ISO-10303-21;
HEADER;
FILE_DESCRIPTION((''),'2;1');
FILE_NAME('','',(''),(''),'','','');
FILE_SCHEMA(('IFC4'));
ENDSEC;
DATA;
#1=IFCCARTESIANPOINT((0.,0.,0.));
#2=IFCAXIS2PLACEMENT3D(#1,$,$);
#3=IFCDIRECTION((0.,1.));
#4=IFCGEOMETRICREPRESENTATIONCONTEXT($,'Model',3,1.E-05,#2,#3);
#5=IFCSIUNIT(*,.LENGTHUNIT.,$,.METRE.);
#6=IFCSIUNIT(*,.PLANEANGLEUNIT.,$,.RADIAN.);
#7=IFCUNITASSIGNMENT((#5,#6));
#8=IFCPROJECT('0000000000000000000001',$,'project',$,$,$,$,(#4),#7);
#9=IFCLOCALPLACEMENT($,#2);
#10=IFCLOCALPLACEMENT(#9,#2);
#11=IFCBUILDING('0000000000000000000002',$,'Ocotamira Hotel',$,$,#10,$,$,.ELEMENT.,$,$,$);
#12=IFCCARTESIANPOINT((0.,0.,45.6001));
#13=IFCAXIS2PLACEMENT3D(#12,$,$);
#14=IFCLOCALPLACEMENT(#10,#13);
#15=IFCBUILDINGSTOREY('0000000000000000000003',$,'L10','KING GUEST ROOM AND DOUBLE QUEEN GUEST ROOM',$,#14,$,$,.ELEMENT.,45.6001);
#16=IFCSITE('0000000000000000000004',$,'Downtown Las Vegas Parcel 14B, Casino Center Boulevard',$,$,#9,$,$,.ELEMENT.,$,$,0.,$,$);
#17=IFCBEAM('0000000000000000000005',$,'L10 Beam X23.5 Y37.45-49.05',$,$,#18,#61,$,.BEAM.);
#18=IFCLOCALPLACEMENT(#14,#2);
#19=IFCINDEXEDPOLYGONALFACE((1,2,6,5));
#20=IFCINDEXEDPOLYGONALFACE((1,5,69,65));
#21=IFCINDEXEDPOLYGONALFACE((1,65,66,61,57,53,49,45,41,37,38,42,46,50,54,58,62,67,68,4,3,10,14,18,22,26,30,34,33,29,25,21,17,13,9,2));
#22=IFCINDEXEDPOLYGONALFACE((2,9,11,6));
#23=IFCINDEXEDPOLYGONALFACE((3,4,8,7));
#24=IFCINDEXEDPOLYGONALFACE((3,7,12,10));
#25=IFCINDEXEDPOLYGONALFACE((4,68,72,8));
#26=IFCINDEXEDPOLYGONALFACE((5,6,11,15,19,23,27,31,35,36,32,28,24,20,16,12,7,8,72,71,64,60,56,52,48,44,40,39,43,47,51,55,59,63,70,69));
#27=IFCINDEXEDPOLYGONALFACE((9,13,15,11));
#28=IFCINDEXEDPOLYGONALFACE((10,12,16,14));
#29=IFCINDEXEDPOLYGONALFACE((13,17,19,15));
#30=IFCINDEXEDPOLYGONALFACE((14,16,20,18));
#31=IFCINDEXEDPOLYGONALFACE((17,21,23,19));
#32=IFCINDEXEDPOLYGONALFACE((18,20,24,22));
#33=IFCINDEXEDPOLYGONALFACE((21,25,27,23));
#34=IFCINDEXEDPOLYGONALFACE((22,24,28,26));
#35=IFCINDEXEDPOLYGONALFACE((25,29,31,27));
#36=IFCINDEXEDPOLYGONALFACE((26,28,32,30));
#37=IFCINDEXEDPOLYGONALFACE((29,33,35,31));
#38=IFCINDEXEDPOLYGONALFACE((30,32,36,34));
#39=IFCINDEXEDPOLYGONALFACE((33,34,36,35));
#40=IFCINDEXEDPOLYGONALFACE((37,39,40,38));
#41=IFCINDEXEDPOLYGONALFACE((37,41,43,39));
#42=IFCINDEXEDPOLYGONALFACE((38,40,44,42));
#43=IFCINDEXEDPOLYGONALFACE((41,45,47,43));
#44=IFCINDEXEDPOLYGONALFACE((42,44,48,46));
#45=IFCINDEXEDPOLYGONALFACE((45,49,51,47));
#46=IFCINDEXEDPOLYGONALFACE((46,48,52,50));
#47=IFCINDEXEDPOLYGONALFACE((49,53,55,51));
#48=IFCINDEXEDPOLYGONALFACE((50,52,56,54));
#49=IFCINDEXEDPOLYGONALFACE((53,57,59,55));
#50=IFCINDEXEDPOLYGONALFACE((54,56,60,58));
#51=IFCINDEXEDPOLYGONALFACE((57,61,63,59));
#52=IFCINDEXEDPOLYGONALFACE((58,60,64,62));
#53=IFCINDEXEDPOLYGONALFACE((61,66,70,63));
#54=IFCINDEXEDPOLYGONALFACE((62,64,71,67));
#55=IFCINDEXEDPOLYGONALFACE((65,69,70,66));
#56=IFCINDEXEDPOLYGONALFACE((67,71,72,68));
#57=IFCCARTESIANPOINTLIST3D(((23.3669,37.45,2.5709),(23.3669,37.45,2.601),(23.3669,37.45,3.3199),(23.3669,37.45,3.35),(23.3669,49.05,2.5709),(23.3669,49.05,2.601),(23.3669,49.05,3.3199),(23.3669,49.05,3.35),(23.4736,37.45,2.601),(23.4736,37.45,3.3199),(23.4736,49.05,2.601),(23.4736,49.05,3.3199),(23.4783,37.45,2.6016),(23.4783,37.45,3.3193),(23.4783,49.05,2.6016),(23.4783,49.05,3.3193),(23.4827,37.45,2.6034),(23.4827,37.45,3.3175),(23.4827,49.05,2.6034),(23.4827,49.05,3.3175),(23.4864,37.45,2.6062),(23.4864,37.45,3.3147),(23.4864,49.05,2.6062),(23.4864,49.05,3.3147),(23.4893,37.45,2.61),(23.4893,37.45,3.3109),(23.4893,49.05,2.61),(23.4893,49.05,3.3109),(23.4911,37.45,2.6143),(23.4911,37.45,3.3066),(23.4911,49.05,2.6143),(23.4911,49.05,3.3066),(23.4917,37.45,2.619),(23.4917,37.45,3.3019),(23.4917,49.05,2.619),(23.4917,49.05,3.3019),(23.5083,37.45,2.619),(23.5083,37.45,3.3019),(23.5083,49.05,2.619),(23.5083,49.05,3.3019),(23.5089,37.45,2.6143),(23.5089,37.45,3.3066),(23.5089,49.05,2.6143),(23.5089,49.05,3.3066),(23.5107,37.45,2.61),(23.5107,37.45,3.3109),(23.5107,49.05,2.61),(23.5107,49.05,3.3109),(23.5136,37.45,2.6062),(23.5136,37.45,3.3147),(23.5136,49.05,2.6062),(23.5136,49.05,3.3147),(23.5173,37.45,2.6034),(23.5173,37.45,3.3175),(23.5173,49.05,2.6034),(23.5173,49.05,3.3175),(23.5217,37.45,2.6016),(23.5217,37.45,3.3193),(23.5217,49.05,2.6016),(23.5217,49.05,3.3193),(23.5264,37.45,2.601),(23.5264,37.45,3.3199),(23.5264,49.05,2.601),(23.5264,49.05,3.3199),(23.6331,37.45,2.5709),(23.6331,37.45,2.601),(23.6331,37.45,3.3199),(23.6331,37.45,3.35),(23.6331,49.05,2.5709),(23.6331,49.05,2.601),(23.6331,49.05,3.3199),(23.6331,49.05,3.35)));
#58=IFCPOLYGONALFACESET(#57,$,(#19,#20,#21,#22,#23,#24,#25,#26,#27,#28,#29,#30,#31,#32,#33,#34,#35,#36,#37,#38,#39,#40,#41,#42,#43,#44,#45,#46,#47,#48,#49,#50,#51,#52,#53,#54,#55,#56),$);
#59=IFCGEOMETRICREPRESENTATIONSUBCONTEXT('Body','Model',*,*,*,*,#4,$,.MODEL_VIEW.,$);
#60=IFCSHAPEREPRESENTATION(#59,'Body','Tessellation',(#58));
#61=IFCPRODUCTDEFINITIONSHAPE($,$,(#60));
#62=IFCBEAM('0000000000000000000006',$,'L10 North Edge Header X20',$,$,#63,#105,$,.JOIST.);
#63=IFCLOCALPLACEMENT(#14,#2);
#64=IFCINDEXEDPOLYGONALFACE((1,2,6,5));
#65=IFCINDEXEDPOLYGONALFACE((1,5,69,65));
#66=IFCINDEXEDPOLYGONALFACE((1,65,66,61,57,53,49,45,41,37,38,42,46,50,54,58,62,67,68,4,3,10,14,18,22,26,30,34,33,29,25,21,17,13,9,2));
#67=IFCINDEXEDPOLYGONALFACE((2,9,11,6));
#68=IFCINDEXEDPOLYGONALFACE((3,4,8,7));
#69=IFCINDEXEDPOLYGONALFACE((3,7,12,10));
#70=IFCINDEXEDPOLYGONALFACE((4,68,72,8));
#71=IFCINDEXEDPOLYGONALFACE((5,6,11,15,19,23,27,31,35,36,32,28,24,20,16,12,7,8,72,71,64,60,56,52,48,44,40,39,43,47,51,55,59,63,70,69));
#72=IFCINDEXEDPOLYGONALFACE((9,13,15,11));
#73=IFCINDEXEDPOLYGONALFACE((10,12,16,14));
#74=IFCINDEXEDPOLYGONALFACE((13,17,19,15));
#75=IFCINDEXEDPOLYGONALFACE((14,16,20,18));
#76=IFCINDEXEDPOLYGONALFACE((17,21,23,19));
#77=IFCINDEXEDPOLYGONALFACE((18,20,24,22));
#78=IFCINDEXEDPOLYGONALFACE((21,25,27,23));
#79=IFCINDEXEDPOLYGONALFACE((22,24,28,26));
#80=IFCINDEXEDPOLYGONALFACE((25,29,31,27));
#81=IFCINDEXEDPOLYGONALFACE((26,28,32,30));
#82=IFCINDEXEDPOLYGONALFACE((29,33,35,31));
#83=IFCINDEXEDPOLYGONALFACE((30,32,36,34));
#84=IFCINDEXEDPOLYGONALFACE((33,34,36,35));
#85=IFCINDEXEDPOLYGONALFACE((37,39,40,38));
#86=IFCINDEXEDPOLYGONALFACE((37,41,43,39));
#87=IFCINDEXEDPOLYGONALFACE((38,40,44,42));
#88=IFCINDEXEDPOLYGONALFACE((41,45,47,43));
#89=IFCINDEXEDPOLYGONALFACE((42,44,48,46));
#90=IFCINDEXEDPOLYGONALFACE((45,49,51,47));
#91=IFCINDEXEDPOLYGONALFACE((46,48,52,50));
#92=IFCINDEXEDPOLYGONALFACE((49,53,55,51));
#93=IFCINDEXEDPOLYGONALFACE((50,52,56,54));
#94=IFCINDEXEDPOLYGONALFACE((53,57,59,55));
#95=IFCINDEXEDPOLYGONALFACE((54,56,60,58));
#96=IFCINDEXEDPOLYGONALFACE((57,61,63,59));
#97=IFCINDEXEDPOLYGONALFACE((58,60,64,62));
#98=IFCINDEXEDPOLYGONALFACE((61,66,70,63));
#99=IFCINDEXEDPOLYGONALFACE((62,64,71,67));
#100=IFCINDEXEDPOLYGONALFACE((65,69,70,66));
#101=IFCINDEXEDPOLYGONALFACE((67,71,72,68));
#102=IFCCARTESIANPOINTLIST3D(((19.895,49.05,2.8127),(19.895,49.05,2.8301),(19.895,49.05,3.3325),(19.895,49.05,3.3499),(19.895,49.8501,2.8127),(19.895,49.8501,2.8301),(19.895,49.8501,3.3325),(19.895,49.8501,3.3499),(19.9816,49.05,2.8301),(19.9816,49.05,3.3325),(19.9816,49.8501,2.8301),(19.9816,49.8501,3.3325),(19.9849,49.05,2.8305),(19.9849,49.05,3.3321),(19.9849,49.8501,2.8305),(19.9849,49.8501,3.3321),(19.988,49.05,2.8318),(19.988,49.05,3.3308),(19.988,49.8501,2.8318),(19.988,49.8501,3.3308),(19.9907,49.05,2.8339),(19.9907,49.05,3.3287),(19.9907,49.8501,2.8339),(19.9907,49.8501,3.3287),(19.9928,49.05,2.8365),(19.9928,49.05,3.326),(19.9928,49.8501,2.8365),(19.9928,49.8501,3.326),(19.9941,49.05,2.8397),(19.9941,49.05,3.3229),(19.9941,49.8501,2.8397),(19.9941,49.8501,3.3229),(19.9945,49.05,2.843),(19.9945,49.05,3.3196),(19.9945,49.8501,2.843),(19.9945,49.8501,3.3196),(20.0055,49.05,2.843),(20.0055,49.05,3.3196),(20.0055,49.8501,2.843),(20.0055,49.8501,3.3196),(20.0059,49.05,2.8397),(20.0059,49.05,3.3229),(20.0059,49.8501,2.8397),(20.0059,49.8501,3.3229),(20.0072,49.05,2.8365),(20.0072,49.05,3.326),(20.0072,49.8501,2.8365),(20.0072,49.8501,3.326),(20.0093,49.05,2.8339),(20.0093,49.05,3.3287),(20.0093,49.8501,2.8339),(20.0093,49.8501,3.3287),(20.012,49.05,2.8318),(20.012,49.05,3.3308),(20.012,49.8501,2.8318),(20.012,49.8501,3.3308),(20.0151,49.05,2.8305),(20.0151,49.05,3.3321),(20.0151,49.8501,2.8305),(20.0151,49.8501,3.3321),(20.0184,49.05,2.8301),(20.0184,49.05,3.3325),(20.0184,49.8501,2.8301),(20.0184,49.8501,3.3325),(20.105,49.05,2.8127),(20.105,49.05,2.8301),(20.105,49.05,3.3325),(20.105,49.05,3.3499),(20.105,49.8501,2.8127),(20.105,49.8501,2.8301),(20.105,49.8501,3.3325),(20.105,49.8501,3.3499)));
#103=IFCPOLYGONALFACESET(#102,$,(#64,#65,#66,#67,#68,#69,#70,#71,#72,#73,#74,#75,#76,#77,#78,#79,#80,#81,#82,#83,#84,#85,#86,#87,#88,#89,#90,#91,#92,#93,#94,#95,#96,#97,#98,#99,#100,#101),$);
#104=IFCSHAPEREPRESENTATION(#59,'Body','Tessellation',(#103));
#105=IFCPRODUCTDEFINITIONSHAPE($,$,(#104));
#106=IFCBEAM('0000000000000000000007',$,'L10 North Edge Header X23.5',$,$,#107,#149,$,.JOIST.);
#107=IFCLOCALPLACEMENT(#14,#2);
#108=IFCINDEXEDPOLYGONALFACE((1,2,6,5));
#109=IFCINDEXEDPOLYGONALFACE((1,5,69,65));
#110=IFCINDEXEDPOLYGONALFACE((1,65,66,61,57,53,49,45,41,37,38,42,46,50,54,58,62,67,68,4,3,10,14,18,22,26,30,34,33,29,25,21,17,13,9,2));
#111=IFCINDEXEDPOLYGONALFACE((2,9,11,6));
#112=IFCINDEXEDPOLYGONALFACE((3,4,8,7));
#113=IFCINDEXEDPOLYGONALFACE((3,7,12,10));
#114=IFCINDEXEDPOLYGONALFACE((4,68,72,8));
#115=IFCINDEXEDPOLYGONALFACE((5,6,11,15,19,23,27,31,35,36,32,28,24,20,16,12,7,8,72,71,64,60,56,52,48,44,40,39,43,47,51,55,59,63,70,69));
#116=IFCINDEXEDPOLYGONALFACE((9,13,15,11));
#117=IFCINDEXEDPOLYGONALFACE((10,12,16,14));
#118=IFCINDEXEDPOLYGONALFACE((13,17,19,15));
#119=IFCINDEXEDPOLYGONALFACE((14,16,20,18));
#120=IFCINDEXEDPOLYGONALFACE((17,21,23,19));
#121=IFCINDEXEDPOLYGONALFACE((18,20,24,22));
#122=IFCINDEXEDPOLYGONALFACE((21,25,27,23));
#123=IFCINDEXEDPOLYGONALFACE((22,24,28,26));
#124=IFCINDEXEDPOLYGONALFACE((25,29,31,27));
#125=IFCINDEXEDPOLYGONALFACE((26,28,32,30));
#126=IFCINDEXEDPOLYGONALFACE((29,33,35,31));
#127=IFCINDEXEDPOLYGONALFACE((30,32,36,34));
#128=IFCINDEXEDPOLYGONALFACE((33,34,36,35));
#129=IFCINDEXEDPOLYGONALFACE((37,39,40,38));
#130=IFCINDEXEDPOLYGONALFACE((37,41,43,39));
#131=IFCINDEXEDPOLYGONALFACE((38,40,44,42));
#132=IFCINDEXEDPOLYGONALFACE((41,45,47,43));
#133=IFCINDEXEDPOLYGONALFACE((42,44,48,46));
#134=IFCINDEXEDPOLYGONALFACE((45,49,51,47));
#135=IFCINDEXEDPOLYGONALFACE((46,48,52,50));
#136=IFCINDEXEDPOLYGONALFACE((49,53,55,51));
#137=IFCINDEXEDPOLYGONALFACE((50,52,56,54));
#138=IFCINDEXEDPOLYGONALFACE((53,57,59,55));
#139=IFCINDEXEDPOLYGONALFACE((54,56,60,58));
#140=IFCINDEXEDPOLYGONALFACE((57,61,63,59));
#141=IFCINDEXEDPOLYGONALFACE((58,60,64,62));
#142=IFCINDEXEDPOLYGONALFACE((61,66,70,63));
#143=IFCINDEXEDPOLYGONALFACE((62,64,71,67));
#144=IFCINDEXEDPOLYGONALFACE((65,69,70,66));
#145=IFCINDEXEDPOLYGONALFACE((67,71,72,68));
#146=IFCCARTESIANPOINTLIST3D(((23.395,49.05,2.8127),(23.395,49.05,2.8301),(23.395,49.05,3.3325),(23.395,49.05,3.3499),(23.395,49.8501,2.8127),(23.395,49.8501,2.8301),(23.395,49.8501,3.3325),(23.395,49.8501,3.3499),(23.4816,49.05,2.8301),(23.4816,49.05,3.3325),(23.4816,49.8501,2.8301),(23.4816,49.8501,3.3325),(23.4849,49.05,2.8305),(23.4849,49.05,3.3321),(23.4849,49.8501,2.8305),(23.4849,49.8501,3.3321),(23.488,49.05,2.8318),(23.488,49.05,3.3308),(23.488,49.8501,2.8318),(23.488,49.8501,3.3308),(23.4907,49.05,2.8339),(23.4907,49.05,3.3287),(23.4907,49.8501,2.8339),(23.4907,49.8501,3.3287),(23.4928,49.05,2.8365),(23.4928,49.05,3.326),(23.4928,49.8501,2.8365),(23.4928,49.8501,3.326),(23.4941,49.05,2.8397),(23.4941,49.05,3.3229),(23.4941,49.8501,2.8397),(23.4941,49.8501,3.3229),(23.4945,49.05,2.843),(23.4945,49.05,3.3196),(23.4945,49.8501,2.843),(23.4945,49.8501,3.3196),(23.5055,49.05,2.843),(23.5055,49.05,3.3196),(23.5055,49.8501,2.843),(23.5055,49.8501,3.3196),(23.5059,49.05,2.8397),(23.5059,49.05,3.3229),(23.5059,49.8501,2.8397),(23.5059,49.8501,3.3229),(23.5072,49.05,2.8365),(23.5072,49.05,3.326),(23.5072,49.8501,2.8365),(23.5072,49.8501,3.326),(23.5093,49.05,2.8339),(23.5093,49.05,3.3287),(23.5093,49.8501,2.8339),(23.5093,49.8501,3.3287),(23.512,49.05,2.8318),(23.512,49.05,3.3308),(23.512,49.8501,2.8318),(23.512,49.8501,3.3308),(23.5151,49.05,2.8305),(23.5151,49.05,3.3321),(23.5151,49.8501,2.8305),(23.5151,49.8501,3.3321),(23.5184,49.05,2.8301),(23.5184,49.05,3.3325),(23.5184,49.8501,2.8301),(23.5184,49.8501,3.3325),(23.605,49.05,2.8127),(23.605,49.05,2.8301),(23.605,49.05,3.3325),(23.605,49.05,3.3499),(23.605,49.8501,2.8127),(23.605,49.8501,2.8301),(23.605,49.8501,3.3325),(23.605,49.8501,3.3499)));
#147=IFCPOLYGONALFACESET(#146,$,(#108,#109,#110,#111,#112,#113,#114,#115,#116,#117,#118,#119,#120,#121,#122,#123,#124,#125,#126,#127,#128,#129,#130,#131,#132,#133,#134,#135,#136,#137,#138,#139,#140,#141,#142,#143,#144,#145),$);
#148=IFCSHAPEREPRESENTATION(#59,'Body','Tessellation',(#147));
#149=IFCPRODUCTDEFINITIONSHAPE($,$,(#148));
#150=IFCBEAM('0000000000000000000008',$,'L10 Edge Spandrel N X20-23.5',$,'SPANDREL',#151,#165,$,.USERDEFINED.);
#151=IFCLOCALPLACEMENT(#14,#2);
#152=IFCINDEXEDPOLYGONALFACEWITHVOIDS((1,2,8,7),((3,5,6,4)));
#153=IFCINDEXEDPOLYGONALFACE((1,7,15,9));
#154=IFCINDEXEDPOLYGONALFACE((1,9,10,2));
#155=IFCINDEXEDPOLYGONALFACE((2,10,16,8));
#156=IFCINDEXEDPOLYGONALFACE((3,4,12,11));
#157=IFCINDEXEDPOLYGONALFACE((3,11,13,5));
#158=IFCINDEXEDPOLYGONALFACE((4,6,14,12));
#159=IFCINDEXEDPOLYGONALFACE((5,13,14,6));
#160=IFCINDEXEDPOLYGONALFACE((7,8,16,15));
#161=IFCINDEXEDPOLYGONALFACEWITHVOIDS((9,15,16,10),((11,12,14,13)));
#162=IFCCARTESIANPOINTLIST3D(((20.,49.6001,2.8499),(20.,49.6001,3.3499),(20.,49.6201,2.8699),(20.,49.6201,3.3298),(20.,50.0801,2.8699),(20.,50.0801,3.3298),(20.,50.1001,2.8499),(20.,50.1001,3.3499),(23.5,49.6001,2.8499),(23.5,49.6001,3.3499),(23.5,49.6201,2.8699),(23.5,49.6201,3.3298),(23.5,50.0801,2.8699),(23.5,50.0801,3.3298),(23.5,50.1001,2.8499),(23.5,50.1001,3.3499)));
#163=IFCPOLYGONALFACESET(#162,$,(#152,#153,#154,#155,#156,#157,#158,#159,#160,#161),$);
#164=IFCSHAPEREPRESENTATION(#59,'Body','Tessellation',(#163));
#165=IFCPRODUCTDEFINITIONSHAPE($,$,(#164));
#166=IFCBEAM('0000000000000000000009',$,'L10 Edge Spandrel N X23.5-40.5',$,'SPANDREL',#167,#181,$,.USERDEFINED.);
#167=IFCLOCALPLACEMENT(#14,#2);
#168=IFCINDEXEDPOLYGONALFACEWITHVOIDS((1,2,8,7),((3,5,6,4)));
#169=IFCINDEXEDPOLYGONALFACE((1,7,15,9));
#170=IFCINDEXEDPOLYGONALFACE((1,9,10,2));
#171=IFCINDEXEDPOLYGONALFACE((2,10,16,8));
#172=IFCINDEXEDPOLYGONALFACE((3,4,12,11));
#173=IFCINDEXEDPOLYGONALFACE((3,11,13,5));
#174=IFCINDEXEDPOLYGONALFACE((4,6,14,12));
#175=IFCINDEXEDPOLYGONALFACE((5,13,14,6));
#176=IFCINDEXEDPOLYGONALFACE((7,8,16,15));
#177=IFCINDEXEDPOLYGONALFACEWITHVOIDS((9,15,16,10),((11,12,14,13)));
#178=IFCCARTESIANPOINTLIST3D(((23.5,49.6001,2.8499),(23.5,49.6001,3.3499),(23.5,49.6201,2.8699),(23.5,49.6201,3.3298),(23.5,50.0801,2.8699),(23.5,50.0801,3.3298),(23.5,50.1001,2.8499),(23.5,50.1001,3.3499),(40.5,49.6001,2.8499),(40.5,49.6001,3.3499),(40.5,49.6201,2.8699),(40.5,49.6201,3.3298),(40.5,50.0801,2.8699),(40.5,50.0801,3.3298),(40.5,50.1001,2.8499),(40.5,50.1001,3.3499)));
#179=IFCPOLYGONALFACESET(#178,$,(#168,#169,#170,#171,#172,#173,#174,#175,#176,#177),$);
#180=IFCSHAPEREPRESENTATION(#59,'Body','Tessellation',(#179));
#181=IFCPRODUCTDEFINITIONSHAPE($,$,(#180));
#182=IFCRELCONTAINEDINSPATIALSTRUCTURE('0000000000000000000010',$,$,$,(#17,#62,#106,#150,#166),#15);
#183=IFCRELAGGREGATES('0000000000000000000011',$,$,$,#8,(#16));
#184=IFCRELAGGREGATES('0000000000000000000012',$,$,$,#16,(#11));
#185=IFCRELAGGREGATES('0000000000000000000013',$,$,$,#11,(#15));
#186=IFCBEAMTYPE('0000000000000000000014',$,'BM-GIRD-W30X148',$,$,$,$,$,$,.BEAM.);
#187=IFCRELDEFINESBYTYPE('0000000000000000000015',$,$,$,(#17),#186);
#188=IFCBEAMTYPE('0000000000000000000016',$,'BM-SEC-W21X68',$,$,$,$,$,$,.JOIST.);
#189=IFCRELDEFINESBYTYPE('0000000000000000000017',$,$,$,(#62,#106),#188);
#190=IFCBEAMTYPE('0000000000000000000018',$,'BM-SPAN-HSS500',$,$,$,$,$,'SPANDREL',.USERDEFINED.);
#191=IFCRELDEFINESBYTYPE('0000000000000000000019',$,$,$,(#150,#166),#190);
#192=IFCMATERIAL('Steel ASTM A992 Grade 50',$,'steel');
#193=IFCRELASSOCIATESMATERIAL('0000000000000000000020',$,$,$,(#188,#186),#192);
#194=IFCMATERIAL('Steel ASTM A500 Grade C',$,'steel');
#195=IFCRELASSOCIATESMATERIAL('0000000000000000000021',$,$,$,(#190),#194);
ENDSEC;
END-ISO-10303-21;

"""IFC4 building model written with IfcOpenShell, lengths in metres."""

from ifc_helpers import new_model, si_unit, direction, frame, origin, origin_2d, place, context, subcontext, project, spatial, hollow_rectangle, i_section, extrude, source, transform, mapped, material, material_profile, profile_set, type_object, element, save


model = new_model("IFC4")

# Units and contexts
model_context = context("Model", 3, precision=1e-05, world=origin(), true_north=direction((0.0, 1.0)))
body_context = subcontext(model_context, "Body", "Model", "MODEL_VIEW")
ifc_project = project(units=[si_unit("LENGTHUNIT", "METRE"), si_unit("PLANEANGLEUNIT", "RADIAN")], contexts=[model_context])

# Site, building, storey
site_placement = place(None, origin())
site = spatial("IfcSite", under=ifc_project, at=site_placement, Name="Downtown Las Vegas Parcel 14B, Casino Center Boulevard", CompositionType="ELEMENT", RefElevation=0.0)
building_placement = place(site_placement, origin())
building = spatial("IfcBuilding", under=site, at=building_placement, Name="Ocotamira Hotel", CompositionType="ELEMENT")
storey_placement = place(building_placement, frame((0.0, 0.0, 45.6001)))
storey = spatial("IfcBuildingStorey", under=building, at=storey_placement, Name="L10", Description="KING GUEST ROOM AND DOUBLE QUEEN GUEST ROOM", CompositionType="ELEMENT", Elevation=45.6001)

# Beams
ifc_material_1 = material(Name="Steel ASTM A992 Grade 50", Category="steel")
ifc_material_profile_1 = material_profile(ifc_material_1, i_section(OverallWidth=0.21, OverallDepth=0.5371, WebThickness=0.011, FlangeThickness=0.0173, FilletRadius=0.0129, at=origin_2d()), Name="W21X68")
ifc_profile_set_1 = profile_set([ifc_material_profile_1], Name="Steel ASTM A992 Grade 50")
beam_type_1 = type_object("IfcBeamType", Name="BM-SEC-W21X68", PredefinedType="JOIST", material=ifc_profile_set_1)
ifc_material_profile_2 = material_profile(ifc_material_1, i_section(OverallWidth=0.2661, OverallDepth=0.7791, WebThickness=0.0166, FlangeThickness=0.03, FilletRadius=0.0181, at=origin_2d()), Name="W30X148")
ifc_profile_set_2 = profile_set([ifc_material_profile_2], Name="Steel ASTM A992 Grade 50")
beam_type_2 = type_object("IfcBeamType", Name="BM-GIRD-W30X148", PredefinedType="BEAM", material=ifc_profile_set_2)
shared_shape_1 = source(origin(), body_context, "Body", "SweptSolid", [
    extrude(i_section(OverallWidth=0.2661, OverallDepth=0.7791, WebThickness=0.0166, FlangeThickness=0.03, FilletRadius=0.0181, at=origin_2d()), origin(), (0.0, 0.0, 1.0), 11.6001),
])
beam_1_placement = place(storey_placement, frame((23.5, 37.45, 2.9604), z_axis=(0.0, 1.0, 0.0), x_axis=(-1.0, 0.0, 0.0)))
element("IfcBeam", 1, at=beam_1_placement, inside=storey, type_object=beam_type_2, Name="L10 Beam X23.5 Y37.45-49.05", PredefinedType="BEAM", context=body_context, shape_type="MappedRepresentation", body=[
    mapped(shared_shape_1, transform((0.0, 0.0, 0.0), scale=1.0)),
])
shared_shape_2 = source(origin(), body_context, "Body", "SweptSolid", [
    extrude(i_section(OverallWidth=0.21, OverallDepth=0.5371, WebThickness=0.011, FlangeThickness=0.0173, FilletRadius=0.0129, at=origin_2d()), origin(), (0.0, 0.0, 1.0), 0.8),
])
for number, where, z_axis, x_axis, name in (
    (2, (20.0, 49.05, 3.0813), (0.0, 1.0, 0.0), (-1.0, 0.0, 0.0), "L10 North Edge Header X20"),
    (3, (23.5, 49.05, 3.0813), (0.0, 1.0, 0.0), (-1.0, 0.0, 0.0), "L10 North Edge Header X23.5"),
):
    element("IfcBeam", number, at=place(storey_placement, frame(where, z_axis=z_axis, x_axis=x_axis)), inside=storey, type_object=beam_type_1, Name=name, PredefinedType="JOIST", context=body_context, shape_type="MappedRepresentation", body=[
        mapped(shared_shape_2, transform((0.0, 0.0, 0.0), scale=1.0)),
    ])
ifc_material_2 = material(Name="Steel ASTM A500 Grade C", Category="steel")
ifc_material_profile_3 = material_profile(ifc_material_2, hollow_rectangle(XDim=0.5, YDim=0.5, WallThickness=0.02, at=origin_2d()), Name="HSS500X500X20")
ifc_profile_set_3 = profile_set([ifc_material_profile_3], Name="Steel ASTM A500 Grade C")
beam_type_3 = type_object("IfcBeamType", Name="BM-SPAN-HSS500", ElementType="SPANDREL", PredefinedType="USERDEFINED", material=ifc_profile_set_3)
shared_shape_3 = source(origin(), body_context, "Body", "SweptSolid", [
    extrude(hollow_rectangle(XDim=0.5, YDim=0.5, WallThickness=0.02, at=origin_2d()), origin(), (0.0, 0.0, 1.0), 3.5),
])
beam_2_placement = place(storey_placement, frame((20.0, 49.8501, 3.0999), z_axis=(1.0, 0.0, 0.0), x_axis=(0.0, 1.0, 0.0)))
element("IfcBeam", 4, at=beam_2_placement, inside=storey, type_object=beam_type_3, Name="L10 Edge Spandrel N X20-23.5", ObjectType="SPANDREL", PredefinedType="USERDEFINED", context=body_context, shape_type="MappedRepresentation", body=[
    mapped(shared_shape_3, transform((0.0, 0.0, 0.0), scale=1.0)),
])
shared_shape_4 = source(origin(), body_context, "Body", "SweptSolid", [
    extrude(hollow_rectangle(XDim=0.5, YDim=0.5, WallThickness=0.02, at=origin_2d()), origin(), (0.0, 0.0, 1.0), 17.0),
])
beam_3_placement = place(storey_placement, frame((23.5, 49.8501, 3.0999), z_axis=(1.0, 0.0, 0.0), x_axis=(0.0, 1.0, 0.0)))
element("IfcBeam", 5, at=beam_3_placement, inside=storey, type_object=beam_type_3, Name="L10 Edge Spandrel N X23.5-40.5", ObjectType="SPANDREL", PredefinedType="USERDEFINED", context=body_context, shape_type="MappedRepresentation", body=[
    mapped(shared_shape_4, transform((0.0, 0.0, 0.0), scale=1.0)),
])

save(model, "model.ifc")
